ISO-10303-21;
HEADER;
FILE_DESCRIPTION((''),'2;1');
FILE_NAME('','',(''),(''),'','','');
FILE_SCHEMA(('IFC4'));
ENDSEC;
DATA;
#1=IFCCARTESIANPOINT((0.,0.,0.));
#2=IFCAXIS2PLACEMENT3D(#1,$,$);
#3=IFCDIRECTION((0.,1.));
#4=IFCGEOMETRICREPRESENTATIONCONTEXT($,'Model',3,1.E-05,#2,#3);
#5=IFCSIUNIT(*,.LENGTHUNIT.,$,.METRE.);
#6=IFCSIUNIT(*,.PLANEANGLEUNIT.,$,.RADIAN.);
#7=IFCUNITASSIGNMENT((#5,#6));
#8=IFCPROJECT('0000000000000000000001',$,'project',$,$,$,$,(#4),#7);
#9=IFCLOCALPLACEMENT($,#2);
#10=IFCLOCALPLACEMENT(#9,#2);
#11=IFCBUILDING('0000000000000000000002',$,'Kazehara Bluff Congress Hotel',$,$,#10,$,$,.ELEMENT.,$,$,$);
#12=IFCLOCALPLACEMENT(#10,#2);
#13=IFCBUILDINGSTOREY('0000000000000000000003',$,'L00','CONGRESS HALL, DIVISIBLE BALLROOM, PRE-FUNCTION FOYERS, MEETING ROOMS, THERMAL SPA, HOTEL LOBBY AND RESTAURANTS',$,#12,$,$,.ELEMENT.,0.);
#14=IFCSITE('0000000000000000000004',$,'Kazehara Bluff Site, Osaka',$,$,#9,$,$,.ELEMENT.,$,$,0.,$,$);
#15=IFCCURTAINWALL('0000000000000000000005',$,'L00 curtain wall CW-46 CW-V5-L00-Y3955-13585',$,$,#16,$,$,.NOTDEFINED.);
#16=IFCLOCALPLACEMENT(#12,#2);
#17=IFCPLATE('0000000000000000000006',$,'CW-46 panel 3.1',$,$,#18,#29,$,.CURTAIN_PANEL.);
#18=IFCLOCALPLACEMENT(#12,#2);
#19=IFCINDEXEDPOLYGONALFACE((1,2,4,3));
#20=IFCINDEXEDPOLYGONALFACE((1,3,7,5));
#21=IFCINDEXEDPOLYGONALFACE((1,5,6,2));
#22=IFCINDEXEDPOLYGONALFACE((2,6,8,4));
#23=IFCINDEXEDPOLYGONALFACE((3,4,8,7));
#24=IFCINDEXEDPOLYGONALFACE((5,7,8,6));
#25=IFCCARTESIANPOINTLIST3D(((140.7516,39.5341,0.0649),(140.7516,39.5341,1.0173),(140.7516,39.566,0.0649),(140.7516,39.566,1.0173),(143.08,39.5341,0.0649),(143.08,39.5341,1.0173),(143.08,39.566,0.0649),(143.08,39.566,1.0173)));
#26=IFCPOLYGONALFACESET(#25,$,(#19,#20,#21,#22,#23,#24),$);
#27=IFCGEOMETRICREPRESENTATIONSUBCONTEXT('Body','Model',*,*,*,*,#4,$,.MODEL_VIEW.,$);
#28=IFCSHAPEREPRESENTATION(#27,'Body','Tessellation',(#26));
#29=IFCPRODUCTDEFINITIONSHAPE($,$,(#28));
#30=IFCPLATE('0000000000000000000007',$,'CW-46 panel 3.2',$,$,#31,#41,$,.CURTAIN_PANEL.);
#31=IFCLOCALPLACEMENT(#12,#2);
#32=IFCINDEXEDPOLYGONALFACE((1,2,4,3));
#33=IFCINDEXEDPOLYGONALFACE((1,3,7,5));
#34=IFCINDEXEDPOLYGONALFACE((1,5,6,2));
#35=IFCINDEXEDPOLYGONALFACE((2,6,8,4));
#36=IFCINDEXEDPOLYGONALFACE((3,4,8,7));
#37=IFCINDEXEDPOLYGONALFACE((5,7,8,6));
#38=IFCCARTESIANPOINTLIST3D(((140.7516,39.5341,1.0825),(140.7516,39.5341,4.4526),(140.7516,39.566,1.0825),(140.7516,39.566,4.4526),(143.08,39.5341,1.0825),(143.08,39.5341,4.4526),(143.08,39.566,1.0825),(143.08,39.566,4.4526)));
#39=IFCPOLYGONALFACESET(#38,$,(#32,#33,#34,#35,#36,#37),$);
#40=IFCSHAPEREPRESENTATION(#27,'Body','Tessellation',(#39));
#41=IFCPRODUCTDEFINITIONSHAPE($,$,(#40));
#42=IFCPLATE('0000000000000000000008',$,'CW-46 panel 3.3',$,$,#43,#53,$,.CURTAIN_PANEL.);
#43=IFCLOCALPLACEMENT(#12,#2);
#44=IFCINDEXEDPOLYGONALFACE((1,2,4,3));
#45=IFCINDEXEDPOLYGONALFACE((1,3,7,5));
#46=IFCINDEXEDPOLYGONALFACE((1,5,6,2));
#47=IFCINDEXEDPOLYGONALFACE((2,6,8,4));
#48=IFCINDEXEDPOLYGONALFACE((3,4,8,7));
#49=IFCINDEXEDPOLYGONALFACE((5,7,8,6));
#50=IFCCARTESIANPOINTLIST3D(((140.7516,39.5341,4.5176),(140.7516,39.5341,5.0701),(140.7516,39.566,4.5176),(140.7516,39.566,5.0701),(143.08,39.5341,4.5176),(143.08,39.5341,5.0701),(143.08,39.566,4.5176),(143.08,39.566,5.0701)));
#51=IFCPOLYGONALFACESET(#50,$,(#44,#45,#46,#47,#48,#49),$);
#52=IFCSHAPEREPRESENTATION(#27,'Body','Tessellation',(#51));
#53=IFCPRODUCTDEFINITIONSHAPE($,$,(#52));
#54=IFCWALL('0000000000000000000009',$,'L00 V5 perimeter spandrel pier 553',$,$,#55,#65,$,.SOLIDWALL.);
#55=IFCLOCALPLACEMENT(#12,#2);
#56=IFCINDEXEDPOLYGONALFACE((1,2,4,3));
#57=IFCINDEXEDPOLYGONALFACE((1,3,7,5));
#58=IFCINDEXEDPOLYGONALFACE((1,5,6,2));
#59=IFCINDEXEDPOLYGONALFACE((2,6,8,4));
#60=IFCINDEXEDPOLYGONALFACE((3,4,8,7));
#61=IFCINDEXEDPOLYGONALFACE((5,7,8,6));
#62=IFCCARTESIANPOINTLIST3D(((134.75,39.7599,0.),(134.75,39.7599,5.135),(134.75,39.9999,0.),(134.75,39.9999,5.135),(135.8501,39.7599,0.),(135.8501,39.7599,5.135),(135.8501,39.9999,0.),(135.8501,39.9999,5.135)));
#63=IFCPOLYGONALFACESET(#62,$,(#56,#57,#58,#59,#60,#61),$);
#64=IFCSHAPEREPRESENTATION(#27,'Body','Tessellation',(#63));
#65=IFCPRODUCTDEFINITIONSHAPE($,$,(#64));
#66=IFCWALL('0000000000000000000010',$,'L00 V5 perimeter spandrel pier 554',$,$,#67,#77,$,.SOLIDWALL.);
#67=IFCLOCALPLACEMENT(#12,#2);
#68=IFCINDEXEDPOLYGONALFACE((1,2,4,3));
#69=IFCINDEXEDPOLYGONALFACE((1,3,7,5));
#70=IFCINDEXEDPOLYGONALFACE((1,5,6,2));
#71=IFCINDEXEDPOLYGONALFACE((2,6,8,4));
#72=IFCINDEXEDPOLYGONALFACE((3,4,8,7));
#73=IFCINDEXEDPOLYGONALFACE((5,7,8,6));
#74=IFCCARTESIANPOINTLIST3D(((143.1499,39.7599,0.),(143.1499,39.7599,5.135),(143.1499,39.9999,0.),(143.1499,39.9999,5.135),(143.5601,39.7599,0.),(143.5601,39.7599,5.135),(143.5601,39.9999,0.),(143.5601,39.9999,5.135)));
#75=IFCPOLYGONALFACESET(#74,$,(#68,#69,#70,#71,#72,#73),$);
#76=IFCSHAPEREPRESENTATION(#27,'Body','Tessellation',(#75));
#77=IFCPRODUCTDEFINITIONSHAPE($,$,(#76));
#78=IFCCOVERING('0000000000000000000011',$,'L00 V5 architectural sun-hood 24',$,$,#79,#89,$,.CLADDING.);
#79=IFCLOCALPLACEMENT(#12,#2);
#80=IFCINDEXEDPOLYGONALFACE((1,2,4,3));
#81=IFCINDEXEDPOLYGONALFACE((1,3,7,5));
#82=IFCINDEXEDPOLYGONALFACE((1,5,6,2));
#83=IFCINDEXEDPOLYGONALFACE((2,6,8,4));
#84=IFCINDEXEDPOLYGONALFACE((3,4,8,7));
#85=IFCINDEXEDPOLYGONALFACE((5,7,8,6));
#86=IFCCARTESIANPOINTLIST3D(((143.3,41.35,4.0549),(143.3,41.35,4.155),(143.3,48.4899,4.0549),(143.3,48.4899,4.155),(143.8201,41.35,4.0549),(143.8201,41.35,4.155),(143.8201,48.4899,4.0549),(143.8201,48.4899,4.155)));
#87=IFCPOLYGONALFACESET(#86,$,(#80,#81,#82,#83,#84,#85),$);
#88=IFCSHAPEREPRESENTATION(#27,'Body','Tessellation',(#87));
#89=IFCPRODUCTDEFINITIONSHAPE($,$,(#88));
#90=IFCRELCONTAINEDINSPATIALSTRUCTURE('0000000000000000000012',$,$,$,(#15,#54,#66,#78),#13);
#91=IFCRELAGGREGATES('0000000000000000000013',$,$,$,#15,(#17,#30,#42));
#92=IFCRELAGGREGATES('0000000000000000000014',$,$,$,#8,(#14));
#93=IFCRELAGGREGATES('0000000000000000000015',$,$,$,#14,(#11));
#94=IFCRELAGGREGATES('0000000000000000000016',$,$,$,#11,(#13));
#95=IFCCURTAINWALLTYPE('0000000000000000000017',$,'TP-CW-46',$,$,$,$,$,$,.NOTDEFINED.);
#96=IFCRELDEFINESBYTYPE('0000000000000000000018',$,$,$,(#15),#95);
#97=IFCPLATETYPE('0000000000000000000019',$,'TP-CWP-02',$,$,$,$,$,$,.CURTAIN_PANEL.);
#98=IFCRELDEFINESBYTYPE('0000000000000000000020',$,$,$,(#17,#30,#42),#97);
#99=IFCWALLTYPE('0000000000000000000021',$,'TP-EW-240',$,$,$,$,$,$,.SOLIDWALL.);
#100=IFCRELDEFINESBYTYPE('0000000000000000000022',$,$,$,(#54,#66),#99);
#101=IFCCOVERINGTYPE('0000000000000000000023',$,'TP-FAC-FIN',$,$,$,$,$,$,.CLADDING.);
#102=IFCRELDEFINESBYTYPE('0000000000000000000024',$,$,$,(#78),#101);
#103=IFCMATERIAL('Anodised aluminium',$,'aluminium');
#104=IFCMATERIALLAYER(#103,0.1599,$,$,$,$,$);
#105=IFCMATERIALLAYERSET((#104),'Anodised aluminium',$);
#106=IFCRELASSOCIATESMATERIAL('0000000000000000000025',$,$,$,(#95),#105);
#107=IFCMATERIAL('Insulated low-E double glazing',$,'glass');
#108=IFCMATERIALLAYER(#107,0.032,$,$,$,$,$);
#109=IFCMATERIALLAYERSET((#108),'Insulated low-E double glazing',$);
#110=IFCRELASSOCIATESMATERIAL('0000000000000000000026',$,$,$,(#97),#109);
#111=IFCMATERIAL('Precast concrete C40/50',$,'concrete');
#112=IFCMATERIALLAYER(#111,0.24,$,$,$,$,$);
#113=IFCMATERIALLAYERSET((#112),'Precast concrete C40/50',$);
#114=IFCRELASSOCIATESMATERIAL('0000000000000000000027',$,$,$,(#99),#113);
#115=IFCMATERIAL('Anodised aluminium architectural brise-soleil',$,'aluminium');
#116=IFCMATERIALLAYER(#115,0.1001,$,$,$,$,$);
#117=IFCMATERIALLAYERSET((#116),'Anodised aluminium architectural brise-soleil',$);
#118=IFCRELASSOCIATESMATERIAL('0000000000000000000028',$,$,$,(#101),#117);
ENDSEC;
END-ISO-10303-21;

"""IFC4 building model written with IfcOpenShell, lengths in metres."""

from ifc_helpers import new_model, si_unit, direction, frame, frame_2d, origin, origin_2d, place, context, subcontext, project, spatial, rectangle, extrude, material, layer, layer_set, type_object, element, aggregate, save


model = new_model("IFC4")

# Units and contexts
model_context = context("Model", 3, precision=1e-05, world=origin(), true_north=direction((0.0, 1.0)))
body_context = subcontext(model_context, "Body", "Model", "MODEL_VIEW")
ifc_project = project(units=[si_unit("LENGTHUNIT", "METRE"), si_unit("PLANEANGLEUNIT", "RADIAN")], contexts=[model_context])

# Site, building, storey
site_placement = place(None, origin())
site = spatial("IfcSite", under=ifc_project, at=site_placement, Name="Kazehara Bluff Site, Osaka", CompositionType="ELEMENT", RefElevation=0.0)
building_placement = place(site_placement, origin())
building = spatial("IfcBuilding", under=site, at=building_placement, Name="Kazehara Bluff Congress Hotel", CompositionType="ELEMENT")
storey_placement = place(building_placement, origin())
storey = spatial("IfcBuildingStorey", under=building, at=storey_placement, Name="L00", Description="CONGRESS HALL, DIVISIBLE BALLROOM, PRE-FUNCTION FOYERS, MEETING ROOMS, THERMAL SPA, HOTEL LOBBY AND RESTAURANTS", CompositionType="ELEMENT", Elevation=0.0)

# Curtain wall
ifc_material_1 = material(Name="Anodised aluminium", Category="aluminium")
ifc_layer_1 = layer(ifc_material_1, 0.1599)
ifc_layer_set_1 = layer_set([ifc_layer_1], Name="Anodised aluminium")
curtain_wall_type = type_object("IfcCurtainWallType", Name="TP-CW-46", PredefinedType="NOTDEFINED", material=ifc_layer_set_1)
curtain_wall_placement = place(storey_placement, origin())
curtain_wall = element("IfcCurtainWall", 1, at=curtain_wall_placement, inside=storey, type_object=curtain_wall_type, Name="L00 curtain wall CW-46 CW-V5-L00-Y3955-13585", PredefinedType="NOTDEFINED")

# Plates
ifc_material_2 = material(Name="Insulated low-E double glazing", Category="glass")
ifc_layer_2 = layer(ifc_material_2, 0.032)
ifc_layer_set_2 = layer_set([ifc_layer_2], Name="Insulated low-E double glazing")
plate_type = type_object("IfcPlateType", Name="TP-CWP-02", PredefinedType="CURTAIN_PANEL", material=ifc_layer_set_2)
plate_1_placement = place(storey_placement, frame((141.9158, 39.55, 0.0649), z_axis=(0.0, 0.0, 1.0), x_axis=(1.0, 0.0, 0.0)))
plate_1 = element("IfcPlate", 2, at=plate_1_placement, type_object=plate_type, Name="CW-46 panel 3.1", PredefinedType="CURTAIN_PANEL", context=body_context, shape_type="SweptSolid", body=[
    extrude(rectangle(XDim=2.3284, YDim=0.032, at=origin_2d()), origin(), (0.0, 0.0, 1.0), 0.9524),
])
plate_2_placement = place(storey_placement, frame((141.9158, 39.55, 1.0825), z_axis=(0.0, 0.0, 1.0), x_axis=(1.0, 0.0, 0.0)))
plate_2 = element("IfcPlate", 3, at=plate_2_placement, type_object=plate_type, Name="CW-46 panel 3.2", PredefinedType="CURTAIN_PANEL", context=body_context, shape_type="SweptSolid", body=[
    extrude(rectangle(XDim=2.3284, YDim=0.032, at=origin_2d()), origin(), (0.0, 0.0, 1.0), 3.3701),
])
plate_3_placement = place(storey_placement, frame((141.9158, 39.55, 4.5176), z_axis=(0.0, 0.0, 1.0), x_axis=(1.0, 0.0, 0.0)))
plate_3 = element("IfcPlate", 4, at=plate_3_placement, type_object=plate_type, Name="CW-46 panel 3.3", PredefinedType="CURTAIN_PANEL", context=body_context, shape_type="SweptSolid", body=[
    extrude(rectangle(XDim=2.3284, YDim=0.032, at=origin_2d()), origin(), (0.0, 0.0, 1.0), 0.5525),
])
aggregate(curtain_wall, [plate_1, plate_2, plate_3])

# Walls
ifc_material_3 = material(Name="Precast concrete C40/50", Category="concrete")
ifc_layer_3 = layer(ifc_material_3, 0.24)
ifc_layer_set_3 = layer_set([ifc_layer_3], Name="Precast concrete C40/50")
wall_type = type_object("IfcWallType", Name="TP-EW-240", PredefinedType="SOLIDWALL", material=ifc_layer_set_3)
wall_1_placement = place(storey_placement, frame((134.75, 39.8799, 0.0), z_axis=(0.0, 0.0, 1.0), x_axis=(1.0, 0.0, 0.0)))
element("IfcWall", 5, at=wall_1_placement, inside=storey, type_object=wall_type, Name="L00 V5 perimeter spandrel pier 553", PredefinedType="SOLIDWALL", context=body_context, shape_type="SweptSolid", body=[
    extrude(rectangle(XDim=1.1001, YDim=0.24, at=frame_2d((0.55, 0.0))), origin(), (0.0, 0.0, 1.0), 5.135),
])
wall_2_placement = place(storey_placement, frame((143.1499, 39.8799, 0.0), z_axis=(0.0, 0.0, 1.0), x_axis=(1.0, 0.0, 0.0)))
element("IfcWall", 6, at=wall_2_placement, inside=storey, type_object=wall_type, Name="L00 V5 perimeter spandrel pier 554", PredefinedType="SOLIDWALL", context=body_context, shape_type="SweptSolid", body=[
    extrude(rectangle(XDim=0.4102, YDim=0.24, at=frame_2d((0.2051, 0.0))), origin(), (0.0, 0.0, 1.0), 5.135),
])

# Covering
ifc_material_4 = material(Name="Anodised aluminium architectural brise-soleil", Category="aluminium")
ifc_layer_4 = layer(ifc_material_4, 0.1001)
ifc_layer_set_4 = layer_set([ifc_layer_4], Name="Anodised aluminium architectural brise-soleil")
covering_type = type_object("IfcCoveringType", Name="TP-FAC-FIN", PredefinedType="CLADDING", material=ifc_layer_set_4)
covering_placement = place(storey_placement, frame((143.5601, 44.9199, 4.0549), z_axis=(0.0, 0.0, 1.0), x_axis=(1.0, 0.0, 0.0)))
element("IfcCovering", 7, at=covering_placement, inside=storey, type_object=covering_type, Name="L00 V5 architectural sun-hood 24", PredefinedType="CLADDING", context=body_context, shape_type="SweptSolid", body=[
    extrude(rectangle(XDim=0.52, YDim=7.1399, at=origin_2d()), origin(), (0.0, 0.0, 1.0), 0.1001),
])

save(model, "model.ifc")
